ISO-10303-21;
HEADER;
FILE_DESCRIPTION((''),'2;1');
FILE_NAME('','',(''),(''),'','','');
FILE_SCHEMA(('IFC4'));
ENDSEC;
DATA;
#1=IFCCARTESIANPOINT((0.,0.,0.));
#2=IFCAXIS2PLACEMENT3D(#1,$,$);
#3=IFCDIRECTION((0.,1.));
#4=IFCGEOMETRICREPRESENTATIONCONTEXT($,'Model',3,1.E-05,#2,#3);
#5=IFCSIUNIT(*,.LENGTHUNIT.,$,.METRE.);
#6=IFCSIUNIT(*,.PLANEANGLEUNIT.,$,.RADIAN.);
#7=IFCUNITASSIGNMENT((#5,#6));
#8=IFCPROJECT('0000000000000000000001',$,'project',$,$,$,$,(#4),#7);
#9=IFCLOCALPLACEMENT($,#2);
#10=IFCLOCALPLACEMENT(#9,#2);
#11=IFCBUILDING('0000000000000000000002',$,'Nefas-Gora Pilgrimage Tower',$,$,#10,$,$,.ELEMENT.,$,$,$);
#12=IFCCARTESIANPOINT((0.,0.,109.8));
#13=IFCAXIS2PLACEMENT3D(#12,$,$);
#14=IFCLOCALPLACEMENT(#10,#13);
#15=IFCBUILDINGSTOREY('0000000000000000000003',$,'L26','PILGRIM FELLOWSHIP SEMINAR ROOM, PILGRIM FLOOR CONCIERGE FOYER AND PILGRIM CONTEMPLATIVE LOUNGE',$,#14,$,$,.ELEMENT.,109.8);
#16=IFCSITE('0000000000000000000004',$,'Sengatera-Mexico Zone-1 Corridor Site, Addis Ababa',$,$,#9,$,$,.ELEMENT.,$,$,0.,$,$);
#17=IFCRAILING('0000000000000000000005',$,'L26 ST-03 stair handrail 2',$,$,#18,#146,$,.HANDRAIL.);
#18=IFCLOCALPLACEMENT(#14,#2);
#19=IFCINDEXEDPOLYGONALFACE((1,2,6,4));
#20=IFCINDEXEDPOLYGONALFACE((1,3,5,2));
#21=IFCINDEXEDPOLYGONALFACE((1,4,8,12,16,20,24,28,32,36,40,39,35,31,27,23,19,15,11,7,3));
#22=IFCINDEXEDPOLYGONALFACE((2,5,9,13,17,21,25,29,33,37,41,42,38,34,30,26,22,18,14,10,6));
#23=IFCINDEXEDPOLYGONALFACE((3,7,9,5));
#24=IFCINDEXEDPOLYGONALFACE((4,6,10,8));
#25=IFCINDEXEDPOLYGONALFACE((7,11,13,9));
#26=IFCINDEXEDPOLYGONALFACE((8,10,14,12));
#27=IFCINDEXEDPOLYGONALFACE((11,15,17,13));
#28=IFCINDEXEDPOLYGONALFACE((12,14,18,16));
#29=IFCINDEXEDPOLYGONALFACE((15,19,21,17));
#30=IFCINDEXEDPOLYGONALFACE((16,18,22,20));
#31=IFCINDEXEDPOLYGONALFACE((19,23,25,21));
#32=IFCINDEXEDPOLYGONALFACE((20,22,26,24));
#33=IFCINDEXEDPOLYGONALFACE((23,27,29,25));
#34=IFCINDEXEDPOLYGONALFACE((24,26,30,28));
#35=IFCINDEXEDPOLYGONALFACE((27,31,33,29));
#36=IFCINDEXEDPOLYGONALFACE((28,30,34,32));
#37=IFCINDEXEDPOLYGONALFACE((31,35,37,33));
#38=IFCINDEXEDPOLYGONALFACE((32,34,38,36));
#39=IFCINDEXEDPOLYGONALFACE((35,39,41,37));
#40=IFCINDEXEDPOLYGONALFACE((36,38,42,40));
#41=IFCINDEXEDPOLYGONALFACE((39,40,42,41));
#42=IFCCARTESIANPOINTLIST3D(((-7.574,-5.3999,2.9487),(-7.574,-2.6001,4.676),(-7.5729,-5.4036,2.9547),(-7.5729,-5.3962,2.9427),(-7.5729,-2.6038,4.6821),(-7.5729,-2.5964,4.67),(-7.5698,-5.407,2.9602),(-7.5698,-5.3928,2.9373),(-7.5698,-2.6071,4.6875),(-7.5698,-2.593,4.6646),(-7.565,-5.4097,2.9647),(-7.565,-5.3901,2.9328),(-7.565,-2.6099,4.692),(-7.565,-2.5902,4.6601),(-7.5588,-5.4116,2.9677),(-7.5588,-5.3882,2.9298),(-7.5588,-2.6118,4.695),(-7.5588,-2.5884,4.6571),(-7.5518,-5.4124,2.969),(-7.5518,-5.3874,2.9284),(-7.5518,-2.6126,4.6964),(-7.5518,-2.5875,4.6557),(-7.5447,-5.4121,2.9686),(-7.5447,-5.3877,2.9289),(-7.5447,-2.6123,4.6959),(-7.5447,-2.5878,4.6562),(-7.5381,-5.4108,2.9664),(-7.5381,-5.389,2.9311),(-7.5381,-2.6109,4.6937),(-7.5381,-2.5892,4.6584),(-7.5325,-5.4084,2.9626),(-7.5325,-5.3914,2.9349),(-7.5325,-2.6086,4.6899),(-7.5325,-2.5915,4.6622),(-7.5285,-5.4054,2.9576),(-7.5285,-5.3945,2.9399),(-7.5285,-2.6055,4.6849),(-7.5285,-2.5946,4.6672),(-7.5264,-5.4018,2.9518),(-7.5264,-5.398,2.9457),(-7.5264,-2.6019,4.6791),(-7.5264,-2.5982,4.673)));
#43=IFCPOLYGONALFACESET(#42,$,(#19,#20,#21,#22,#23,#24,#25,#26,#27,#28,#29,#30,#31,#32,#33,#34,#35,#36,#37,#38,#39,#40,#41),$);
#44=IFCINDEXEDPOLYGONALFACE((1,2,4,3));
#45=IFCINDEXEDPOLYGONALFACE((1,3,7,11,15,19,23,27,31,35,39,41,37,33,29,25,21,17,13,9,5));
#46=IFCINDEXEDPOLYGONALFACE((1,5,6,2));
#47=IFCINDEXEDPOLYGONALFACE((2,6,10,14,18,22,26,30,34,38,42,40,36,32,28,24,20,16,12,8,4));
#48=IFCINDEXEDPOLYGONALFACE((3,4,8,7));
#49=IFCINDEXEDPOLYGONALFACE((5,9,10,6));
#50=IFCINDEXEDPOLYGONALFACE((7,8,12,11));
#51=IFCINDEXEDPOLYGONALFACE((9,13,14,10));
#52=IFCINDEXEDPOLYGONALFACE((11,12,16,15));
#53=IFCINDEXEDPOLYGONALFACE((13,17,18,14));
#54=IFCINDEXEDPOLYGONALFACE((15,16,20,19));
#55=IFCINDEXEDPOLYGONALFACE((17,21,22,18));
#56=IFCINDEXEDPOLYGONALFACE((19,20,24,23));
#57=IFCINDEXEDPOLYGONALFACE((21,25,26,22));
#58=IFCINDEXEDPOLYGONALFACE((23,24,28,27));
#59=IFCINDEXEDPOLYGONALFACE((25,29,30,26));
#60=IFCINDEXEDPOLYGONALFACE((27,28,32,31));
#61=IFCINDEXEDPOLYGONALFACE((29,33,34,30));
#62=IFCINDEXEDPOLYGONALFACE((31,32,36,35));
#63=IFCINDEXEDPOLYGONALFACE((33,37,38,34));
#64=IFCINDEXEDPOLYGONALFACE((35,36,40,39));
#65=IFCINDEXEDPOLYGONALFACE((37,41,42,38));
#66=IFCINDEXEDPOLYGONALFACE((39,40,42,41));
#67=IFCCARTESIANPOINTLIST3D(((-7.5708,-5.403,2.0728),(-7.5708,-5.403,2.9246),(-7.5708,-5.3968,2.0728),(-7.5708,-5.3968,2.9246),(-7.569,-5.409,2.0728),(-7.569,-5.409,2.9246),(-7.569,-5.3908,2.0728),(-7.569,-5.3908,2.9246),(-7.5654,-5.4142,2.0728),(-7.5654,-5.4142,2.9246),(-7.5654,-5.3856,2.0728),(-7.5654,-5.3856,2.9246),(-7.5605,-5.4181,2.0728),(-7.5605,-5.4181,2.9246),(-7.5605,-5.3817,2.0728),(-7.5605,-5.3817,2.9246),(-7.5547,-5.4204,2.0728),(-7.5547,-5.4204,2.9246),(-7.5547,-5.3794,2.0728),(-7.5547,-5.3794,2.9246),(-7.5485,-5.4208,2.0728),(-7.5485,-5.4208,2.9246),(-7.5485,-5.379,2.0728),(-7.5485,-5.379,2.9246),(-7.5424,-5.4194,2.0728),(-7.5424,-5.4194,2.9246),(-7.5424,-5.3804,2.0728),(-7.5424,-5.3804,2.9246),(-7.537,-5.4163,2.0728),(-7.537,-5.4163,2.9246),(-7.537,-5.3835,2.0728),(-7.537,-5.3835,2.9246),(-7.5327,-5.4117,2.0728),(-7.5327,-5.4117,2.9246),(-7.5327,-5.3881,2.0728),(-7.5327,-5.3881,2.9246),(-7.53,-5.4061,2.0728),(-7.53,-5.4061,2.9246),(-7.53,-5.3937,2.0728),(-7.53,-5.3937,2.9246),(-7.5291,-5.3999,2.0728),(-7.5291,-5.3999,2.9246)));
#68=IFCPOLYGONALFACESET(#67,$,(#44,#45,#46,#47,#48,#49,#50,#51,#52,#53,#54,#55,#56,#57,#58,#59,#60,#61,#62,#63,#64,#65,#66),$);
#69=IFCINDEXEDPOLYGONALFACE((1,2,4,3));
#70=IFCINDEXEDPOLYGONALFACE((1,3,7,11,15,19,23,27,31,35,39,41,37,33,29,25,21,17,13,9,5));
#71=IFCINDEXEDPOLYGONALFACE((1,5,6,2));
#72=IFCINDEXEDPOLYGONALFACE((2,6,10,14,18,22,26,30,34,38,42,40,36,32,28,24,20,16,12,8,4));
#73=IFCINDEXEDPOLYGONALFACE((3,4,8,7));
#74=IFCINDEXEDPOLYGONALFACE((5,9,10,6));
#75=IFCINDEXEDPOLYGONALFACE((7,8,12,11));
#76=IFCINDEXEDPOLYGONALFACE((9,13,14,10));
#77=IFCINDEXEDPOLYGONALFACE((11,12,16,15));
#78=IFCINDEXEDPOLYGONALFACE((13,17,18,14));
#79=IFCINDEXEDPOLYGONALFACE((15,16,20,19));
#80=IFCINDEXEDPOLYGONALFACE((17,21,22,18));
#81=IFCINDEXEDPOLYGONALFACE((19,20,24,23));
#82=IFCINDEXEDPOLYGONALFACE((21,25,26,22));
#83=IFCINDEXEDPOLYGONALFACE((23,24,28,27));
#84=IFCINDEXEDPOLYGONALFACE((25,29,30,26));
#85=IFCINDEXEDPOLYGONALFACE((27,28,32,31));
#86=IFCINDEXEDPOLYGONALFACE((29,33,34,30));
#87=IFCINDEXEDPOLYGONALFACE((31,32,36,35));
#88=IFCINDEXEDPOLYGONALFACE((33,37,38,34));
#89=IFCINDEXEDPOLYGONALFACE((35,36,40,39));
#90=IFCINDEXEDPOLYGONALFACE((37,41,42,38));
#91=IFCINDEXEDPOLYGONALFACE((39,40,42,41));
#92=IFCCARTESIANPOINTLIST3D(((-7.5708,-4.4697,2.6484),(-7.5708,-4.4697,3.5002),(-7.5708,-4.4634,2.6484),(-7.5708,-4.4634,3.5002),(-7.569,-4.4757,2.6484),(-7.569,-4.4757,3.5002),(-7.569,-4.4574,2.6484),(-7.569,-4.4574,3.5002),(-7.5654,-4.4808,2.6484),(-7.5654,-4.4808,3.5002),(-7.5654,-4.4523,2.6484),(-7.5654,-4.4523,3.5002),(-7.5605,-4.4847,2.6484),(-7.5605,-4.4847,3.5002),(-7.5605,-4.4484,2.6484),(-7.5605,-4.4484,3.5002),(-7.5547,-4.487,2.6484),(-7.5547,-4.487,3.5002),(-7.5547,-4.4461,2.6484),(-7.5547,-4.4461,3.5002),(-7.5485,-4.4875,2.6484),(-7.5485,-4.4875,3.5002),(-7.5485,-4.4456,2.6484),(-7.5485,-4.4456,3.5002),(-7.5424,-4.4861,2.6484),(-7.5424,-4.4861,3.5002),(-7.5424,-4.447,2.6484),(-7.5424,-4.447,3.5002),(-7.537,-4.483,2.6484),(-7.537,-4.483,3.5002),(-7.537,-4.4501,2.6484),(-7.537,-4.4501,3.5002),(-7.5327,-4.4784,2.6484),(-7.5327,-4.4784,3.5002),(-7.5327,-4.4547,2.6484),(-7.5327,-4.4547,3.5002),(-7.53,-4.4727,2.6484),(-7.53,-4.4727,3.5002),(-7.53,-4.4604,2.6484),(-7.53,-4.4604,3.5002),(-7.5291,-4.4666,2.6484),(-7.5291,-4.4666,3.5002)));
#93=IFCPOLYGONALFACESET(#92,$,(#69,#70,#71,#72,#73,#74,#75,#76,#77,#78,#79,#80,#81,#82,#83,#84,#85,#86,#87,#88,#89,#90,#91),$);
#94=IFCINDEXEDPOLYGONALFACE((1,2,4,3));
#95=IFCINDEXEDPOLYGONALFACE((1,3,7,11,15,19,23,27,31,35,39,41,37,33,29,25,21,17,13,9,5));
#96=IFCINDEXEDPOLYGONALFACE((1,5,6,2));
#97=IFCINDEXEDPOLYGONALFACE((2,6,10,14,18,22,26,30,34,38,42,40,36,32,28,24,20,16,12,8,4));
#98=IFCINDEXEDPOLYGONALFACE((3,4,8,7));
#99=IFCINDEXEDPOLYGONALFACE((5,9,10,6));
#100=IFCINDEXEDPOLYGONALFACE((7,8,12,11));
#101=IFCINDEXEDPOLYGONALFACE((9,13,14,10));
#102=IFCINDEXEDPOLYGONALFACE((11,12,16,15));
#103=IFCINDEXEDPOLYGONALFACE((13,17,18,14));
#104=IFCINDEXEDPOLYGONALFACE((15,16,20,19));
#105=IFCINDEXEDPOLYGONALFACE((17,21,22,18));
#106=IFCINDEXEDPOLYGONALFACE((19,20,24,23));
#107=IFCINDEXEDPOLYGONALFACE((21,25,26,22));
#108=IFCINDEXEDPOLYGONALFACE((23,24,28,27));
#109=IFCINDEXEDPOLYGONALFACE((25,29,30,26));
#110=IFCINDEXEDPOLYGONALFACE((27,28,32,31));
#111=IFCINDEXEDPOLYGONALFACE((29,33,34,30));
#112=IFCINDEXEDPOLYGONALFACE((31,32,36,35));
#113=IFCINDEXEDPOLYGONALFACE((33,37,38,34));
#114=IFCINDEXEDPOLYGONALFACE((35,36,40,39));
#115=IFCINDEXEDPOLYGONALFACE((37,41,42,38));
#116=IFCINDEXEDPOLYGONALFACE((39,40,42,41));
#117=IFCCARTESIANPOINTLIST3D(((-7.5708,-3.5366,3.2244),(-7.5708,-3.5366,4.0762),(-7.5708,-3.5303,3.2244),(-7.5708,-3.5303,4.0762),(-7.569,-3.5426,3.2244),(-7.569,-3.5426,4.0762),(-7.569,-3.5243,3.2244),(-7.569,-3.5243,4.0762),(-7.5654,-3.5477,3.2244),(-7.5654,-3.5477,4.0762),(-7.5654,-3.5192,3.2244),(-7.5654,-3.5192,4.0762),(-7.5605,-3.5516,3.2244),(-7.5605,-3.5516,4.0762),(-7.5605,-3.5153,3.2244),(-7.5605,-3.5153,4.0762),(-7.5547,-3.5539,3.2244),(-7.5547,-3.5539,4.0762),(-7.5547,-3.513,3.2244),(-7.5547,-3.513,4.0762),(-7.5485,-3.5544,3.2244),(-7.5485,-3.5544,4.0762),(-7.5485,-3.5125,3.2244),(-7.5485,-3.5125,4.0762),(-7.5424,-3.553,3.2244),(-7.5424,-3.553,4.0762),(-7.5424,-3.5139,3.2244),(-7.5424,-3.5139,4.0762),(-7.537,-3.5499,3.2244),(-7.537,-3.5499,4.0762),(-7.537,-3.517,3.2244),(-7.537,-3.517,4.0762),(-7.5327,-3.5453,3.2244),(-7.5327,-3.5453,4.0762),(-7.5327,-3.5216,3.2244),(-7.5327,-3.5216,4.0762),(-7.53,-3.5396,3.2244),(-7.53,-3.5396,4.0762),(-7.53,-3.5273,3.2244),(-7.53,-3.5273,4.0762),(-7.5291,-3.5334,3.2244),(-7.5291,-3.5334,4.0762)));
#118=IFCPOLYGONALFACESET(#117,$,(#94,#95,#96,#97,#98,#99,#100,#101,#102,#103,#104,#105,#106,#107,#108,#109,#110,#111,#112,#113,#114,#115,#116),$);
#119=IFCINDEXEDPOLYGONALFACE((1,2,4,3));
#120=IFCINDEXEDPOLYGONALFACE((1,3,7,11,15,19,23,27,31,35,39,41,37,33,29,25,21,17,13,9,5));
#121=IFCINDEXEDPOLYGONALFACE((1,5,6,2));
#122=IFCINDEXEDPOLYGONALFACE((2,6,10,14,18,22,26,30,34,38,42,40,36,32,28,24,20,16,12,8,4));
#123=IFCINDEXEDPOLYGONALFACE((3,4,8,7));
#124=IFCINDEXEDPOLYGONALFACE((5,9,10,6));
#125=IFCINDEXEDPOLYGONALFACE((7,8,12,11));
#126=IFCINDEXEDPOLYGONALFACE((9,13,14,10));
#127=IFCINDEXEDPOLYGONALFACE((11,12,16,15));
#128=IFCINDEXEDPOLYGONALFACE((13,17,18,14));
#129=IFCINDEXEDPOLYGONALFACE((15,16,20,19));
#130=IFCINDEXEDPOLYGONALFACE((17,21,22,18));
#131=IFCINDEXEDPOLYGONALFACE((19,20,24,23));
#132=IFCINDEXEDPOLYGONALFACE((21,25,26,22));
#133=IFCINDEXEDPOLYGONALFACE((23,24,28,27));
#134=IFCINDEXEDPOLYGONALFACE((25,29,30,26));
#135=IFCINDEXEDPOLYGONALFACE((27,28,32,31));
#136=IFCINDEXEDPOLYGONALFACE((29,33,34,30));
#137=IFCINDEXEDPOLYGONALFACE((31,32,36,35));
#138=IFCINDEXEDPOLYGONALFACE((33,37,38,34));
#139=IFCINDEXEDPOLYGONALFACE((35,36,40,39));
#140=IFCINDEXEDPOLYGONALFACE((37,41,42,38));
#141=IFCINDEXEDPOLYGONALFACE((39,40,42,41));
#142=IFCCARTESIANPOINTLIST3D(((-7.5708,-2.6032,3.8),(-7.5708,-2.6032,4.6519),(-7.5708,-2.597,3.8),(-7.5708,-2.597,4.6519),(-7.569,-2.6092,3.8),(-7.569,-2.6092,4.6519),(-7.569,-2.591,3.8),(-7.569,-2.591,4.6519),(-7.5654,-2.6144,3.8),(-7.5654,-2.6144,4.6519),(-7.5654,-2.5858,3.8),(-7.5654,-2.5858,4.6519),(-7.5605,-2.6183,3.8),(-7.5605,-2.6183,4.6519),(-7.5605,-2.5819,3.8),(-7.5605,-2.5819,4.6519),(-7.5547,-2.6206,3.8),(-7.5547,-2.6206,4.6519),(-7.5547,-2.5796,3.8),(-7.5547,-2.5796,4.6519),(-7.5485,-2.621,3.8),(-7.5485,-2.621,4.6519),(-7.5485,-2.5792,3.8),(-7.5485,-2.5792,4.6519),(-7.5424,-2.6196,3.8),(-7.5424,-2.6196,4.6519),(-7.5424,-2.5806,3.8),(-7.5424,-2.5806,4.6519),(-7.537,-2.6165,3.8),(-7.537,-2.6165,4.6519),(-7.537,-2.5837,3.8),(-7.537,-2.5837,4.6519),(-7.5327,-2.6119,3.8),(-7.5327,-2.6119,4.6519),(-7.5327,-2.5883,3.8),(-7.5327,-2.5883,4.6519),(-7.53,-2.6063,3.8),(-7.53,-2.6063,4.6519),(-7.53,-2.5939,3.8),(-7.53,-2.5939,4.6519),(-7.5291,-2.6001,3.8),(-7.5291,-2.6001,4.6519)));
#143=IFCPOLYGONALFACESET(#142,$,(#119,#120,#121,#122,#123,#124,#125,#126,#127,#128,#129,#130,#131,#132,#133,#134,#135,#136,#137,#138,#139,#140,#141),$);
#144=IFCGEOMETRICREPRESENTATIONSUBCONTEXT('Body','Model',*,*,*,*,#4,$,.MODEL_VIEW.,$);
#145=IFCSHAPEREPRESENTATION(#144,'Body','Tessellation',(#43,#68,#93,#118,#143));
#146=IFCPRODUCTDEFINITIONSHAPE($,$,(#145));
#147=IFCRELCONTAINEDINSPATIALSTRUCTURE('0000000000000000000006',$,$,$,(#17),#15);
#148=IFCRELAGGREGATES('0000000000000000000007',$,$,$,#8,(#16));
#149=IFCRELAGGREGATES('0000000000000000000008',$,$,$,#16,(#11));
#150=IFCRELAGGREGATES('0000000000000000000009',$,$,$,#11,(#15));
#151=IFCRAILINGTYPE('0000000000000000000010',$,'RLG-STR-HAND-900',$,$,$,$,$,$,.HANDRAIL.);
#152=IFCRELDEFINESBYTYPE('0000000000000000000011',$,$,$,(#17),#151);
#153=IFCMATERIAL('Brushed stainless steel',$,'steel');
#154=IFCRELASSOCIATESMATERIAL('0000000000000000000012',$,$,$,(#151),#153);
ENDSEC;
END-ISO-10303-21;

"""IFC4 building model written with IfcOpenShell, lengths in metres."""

from ifc_helpers import new_model, si_unit, direction, frame, origin, origin_2d, place, context, subcontext, project, spatial, circle, extrude, material, type_object, element, save


model = new_model("IFC4")

# Units and contexts
model_context = context("Model", 3, precision=1e-05, world=origin(), true_north=direction((0.0, 1.0)))
body_context = subcontext(model_context, "Body", "Model", "MODEL_VIEW")
ifc_project = project(units=[si_unit("LENGTHUNIT", "METRE"), si_unit("PLANEANGLEUNIT", "RADIAN")], contexts=[model_context])

# Site, building, storey
site_placement = place(None, origin())
site = spatial("IfcSite", under=ifc_project, at=site_placement, Name="Sengatera-Mexico Zone-1 Corridor Site, Addis Ababa", CompositionType="ELEMENT", RefElevation=0.0)
building_placement = place(site_placement, origin())
building = spatial("IfcBuilding", under=site, at=building_placement, Name="Nefas-Gora Pilgrimage Tower", CompositionType="ELEMENT")
storey_placement = place(building_placement, frame((0.0, 0.0, 109.8)))
storey = spatial("IfcBuildingStorey", under=building, at=storey_placement, Name="L26", Description="PILGRIM FELLOWSHIP SEMINAR ROOM, PILGRIM FLOOR CONCIERGE FOYER AND PILGRIM CONTEMPLATIVE LOUNGE", CompositionType="ELEMENT", Elevation=109.8)

# Railing
ifc_material_1 = material(Name="Brushed stainless steel", Category="steel")
railing_type_1 = type_object("IfcRailingType", Name="RLG-STR-HAND-900", PredefinedType="HANDRAIL", material=ifc_material_1)
railing_1_placement = place(storey_placement, frame((-7.55, -5.3999, 2.0728)))
element("IfcRailing", 1, at=railing_1_placement, inside=storey, type_object=railing_type_1, Name="L26 ST-03 stair handrail 2", PredefinedType="HANDRAIL", context=body_context, shape_type="SweptSolid", body=[
    extrude(circle(Radius=0.0239, at=origin_2d()), frame((0.0, 0.0, 0.876), z_axis=(0.0, 0.851069, 0.525054), x_axis=(-1.0, 0.0, 0.0)), (0.0, 0.0, 1.0), 3.2898),
    extrude(circle(Radius=0.021, at=origin_2d()), origin(), (0.0, 0.0, 1.0), 0.8518),
    extrude(circle(Radius=0.021, at=origin_2d()), frame((0.0, 0.9333, 0.5757)), (0.0, 0.0, 1.0), 0.8518),
    extrude(circle(Radius=0.021, at=origin_2d()), frame((0.0, 1.8665, 1.1516)), (0.0, 0.0, 1.0), 0.8518),
    extrude(circle(Radius=0.021, at=origin_2d()), frame((0.0, 2.7998, 1.7273)), (0.0, 0.0, 1.0), 0.8518),
])

save(model, "model.ifc")
